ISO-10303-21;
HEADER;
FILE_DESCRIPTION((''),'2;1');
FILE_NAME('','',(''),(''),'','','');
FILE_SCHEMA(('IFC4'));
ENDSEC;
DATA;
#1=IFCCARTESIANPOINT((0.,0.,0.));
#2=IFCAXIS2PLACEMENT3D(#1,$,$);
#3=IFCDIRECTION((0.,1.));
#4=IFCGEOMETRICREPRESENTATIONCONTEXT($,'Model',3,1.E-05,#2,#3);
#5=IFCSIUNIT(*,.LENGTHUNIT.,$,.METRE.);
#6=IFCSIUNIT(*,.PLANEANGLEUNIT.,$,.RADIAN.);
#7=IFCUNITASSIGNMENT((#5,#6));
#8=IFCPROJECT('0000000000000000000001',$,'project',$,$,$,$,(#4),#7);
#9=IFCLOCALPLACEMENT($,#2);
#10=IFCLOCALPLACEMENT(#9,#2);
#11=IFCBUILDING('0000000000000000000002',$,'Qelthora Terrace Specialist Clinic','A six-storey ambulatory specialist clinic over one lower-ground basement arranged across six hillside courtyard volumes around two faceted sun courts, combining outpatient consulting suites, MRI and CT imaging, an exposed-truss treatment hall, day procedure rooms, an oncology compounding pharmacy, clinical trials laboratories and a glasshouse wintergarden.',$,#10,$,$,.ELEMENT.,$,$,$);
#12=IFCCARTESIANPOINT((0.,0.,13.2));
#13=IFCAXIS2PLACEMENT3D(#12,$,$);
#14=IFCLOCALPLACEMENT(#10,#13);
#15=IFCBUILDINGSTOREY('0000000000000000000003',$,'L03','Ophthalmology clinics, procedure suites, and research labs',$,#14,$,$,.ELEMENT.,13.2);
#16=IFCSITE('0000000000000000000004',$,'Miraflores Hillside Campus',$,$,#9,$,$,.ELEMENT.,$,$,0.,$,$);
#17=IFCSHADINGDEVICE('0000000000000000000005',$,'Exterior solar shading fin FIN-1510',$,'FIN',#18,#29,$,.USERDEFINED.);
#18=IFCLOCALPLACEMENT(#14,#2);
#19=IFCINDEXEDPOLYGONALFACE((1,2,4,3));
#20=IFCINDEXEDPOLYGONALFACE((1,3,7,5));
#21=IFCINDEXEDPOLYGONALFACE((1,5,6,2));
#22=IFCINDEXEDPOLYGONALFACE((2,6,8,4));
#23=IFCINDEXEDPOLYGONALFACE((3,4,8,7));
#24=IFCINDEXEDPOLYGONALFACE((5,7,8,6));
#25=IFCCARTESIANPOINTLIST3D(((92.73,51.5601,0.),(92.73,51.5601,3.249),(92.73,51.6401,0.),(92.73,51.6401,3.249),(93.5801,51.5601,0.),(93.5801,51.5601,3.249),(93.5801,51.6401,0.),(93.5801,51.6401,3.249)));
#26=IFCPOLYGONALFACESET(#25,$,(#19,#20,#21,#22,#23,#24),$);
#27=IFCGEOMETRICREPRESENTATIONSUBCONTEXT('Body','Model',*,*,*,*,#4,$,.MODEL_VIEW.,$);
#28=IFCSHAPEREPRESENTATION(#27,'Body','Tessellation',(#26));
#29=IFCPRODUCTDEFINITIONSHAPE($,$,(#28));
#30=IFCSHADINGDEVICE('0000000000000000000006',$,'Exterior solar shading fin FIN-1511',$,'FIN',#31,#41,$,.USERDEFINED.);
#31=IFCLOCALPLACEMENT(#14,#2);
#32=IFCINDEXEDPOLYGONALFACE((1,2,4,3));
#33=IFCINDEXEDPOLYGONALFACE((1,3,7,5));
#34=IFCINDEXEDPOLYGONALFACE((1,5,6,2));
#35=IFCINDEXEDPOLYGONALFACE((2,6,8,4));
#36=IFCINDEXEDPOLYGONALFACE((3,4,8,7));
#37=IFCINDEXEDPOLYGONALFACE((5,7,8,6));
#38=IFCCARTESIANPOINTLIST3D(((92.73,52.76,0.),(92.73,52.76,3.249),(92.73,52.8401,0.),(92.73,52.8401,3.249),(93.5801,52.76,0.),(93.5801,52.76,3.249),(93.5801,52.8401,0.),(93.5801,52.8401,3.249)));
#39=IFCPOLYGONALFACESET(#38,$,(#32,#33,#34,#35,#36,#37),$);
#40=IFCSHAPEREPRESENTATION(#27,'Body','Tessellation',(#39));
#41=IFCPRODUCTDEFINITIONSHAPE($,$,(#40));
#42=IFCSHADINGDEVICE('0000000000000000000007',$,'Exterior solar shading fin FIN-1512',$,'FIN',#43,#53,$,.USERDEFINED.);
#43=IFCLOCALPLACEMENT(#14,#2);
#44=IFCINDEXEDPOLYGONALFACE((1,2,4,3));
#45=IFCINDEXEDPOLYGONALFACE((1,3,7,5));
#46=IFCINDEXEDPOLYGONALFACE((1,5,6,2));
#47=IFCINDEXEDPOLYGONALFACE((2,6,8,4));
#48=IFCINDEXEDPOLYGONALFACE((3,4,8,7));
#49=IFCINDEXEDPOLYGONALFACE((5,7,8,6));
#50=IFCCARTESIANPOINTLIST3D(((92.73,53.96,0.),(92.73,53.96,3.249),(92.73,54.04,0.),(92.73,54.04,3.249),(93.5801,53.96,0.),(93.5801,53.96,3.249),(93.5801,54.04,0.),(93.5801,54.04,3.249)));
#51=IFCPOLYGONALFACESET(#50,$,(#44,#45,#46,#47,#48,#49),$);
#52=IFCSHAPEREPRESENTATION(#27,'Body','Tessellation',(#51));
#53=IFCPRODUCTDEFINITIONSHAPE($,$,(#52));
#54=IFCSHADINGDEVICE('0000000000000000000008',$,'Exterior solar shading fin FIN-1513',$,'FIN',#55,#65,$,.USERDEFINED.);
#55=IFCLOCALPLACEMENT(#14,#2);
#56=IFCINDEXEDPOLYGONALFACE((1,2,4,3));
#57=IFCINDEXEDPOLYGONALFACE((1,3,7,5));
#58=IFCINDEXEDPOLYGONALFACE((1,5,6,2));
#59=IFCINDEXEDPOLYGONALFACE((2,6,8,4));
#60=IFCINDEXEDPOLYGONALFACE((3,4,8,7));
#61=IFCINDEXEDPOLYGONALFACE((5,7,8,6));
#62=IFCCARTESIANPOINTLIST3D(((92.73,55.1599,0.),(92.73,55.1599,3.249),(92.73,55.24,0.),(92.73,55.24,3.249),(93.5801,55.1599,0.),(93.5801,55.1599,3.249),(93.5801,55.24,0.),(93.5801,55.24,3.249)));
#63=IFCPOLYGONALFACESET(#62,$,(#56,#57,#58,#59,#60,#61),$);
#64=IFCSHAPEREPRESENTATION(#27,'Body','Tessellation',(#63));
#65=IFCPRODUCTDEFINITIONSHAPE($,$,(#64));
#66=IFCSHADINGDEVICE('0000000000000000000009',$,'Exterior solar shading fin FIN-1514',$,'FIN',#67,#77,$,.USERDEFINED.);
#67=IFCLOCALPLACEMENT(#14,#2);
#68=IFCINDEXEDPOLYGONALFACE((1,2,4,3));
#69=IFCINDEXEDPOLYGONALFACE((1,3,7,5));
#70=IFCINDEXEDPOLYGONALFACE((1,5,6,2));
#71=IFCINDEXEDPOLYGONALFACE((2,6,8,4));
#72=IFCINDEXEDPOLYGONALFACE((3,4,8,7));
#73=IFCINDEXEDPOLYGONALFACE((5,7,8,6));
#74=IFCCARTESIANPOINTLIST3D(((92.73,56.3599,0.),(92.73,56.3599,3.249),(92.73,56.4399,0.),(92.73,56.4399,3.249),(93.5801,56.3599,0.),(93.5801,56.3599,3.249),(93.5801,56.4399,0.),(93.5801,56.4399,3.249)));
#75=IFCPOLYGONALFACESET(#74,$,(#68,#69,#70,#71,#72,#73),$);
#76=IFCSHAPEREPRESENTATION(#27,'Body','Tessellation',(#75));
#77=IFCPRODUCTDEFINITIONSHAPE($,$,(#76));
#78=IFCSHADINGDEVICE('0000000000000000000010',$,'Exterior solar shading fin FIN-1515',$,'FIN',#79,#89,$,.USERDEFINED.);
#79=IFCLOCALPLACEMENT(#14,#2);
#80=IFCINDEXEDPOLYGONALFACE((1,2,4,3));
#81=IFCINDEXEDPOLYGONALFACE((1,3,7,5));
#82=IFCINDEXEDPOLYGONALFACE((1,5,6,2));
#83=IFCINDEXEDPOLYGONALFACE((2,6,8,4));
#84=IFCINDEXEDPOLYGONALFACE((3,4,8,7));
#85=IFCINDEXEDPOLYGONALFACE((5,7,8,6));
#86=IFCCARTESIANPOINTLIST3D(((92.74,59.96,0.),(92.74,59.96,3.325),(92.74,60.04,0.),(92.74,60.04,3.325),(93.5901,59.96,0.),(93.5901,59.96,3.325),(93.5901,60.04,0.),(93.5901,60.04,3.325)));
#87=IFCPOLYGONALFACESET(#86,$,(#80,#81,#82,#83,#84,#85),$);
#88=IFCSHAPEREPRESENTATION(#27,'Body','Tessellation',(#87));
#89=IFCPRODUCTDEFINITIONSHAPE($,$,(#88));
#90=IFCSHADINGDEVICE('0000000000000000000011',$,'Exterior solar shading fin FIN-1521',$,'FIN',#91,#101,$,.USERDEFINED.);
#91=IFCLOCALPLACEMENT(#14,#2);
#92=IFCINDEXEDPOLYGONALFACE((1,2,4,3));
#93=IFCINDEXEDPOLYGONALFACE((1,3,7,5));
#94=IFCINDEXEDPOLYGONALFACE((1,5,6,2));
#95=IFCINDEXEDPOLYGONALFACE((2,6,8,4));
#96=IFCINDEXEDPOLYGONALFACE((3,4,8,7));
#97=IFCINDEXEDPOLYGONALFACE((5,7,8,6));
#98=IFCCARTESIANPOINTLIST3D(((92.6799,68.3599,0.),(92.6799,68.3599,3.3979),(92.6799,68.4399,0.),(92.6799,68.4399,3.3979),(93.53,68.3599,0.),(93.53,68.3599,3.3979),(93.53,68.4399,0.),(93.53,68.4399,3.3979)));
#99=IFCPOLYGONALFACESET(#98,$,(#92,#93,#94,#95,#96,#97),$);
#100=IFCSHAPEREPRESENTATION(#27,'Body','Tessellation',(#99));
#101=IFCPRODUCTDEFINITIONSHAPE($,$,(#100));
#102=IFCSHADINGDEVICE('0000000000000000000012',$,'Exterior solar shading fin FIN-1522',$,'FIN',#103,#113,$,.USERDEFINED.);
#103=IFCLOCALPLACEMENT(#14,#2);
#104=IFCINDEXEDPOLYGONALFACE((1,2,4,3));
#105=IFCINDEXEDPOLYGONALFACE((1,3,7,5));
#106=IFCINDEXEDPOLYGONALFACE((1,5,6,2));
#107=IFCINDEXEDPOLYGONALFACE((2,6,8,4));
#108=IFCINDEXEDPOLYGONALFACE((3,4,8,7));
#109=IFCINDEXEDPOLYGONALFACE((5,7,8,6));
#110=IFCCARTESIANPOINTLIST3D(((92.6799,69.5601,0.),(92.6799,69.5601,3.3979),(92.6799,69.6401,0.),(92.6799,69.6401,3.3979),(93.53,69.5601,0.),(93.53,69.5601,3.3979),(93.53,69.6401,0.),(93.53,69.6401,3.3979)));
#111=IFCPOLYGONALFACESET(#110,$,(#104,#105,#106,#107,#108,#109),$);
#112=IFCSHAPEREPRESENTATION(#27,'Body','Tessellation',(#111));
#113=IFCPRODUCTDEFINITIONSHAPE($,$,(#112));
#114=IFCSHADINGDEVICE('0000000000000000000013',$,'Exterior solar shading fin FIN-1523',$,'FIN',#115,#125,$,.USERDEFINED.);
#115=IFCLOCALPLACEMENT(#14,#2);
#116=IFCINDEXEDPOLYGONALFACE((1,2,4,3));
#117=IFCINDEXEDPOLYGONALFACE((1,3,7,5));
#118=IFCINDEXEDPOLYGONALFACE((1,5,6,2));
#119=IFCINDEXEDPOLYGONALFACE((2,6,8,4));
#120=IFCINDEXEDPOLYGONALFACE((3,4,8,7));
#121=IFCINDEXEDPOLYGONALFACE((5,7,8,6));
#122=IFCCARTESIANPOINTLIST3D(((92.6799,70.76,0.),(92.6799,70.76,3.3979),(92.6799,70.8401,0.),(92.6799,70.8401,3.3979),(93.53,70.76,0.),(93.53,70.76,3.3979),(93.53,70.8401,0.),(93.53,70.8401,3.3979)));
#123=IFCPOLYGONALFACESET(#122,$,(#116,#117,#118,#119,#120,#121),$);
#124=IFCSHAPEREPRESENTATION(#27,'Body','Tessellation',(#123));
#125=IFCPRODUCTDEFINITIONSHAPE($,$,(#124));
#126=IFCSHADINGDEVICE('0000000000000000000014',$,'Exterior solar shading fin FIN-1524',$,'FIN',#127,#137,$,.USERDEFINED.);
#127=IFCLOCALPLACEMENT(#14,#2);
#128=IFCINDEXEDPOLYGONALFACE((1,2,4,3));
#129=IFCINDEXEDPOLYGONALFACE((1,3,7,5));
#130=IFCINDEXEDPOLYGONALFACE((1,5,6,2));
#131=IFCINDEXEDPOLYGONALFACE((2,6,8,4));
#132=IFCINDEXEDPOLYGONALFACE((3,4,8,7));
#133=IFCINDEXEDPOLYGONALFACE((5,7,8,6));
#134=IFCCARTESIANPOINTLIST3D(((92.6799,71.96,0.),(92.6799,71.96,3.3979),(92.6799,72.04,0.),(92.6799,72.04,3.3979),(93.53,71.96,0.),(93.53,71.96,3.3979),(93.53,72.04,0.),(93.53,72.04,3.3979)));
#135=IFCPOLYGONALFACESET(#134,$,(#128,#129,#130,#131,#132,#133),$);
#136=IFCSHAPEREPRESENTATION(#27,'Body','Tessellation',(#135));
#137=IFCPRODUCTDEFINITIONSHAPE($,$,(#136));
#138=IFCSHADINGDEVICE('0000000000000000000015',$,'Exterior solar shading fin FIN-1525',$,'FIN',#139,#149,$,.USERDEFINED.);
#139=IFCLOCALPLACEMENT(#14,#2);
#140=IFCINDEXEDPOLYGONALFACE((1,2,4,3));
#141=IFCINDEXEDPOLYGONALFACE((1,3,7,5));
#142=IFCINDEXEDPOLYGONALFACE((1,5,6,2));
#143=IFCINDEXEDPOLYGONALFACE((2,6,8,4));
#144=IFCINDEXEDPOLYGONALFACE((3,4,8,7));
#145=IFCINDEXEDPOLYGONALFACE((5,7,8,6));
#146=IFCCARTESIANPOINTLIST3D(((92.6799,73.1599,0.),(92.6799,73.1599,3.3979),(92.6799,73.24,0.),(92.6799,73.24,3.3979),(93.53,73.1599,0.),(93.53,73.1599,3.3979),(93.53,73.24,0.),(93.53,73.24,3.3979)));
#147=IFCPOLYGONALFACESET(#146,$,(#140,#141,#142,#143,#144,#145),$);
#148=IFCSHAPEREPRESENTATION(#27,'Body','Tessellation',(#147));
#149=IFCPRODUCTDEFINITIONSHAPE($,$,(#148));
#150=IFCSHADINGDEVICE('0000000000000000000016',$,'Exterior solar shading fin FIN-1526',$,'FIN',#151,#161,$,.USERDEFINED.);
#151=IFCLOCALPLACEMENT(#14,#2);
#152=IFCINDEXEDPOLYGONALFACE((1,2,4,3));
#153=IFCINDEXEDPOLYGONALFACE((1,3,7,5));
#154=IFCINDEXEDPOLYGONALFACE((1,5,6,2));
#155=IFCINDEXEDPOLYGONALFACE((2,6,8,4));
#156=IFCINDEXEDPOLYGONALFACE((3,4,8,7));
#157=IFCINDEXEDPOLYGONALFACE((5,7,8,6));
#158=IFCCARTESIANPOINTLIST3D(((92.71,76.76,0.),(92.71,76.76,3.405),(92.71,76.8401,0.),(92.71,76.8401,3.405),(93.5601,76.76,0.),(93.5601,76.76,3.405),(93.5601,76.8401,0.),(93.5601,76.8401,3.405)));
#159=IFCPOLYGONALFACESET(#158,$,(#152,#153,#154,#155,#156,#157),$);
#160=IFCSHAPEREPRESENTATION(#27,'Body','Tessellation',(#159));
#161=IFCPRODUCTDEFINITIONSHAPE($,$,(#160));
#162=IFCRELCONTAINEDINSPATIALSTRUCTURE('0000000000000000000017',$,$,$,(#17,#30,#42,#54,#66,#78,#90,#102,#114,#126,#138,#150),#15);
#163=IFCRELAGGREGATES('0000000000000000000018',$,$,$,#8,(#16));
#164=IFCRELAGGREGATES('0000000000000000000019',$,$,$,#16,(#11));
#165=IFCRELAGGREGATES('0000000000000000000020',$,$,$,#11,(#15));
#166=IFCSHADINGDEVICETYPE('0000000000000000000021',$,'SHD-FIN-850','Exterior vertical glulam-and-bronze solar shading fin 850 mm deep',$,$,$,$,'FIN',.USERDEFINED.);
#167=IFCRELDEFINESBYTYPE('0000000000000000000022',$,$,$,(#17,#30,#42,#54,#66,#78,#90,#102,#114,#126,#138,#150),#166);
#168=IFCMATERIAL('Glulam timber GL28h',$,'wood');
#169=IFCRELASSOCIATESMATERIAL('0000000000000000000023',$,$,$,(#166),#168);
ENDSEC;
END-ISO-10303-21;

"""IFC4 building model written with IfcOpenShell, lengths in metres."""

from ifc_helpers import new_model, si_unit, direction, frame, origin, origin_2d, place, context, subcontext, project, spatial, rectangle, extrude, material, type_object, element, save


model = new_model("IFC4")

# Units and contexts
model_context = context("Model", 3, precision=1e-05, world=origin(), true_north=direction((0.0, 1.0)))
body_context = subcontext(model_context, "Body", "Model", "MODEL_VIEW")
ifc_project = project(units=[si_unit("LENGTHUNIT", "METRE"), si_unit("PLANEANGLEUNIT", "RADIAN")], contexts=[model_context])

# Site, building, storey
site_placement = place(None, origin())
site = spatial("IfcSite", under=ifc_project, at=site_placement, Name="Miraflores Hillside Campus", CompositionType="ELEMENT", RefElevation=0.0)
building_placement = place(site_placement, origin())
building = spatial("IfcBuilding", under=site, at=building_placement, Name="Qelthora Terrace Specialist Clinic", Description="A six-storey ambulatory specialist clinic over one lower-ground basement arranged across six hillside courtyard volumes around two faceted sun courts, combining outpatient consulting suites, MRI and CT imaging, an exposed-truss treatment hall, day procedure rooms, an oncology compounding pharmacy, clinical trials laboratories and a glasshouse wintergarden.", CompositionType="ELEMENT")
storey_placement = place(building_placement, frame((0.0, 0.0, 13.2)))
storey = spatial("IfcBuildingStorey", under=building, at=storey_placement, Name="L03", Description="Ophthalmology clinics, procedure suites, and research labs", CompositionType="ELEMENT", Elevation=13.2)

# Shading devices
ifc_material_1 = material(Name="Glulam timber GL28h", Category="wood")
shading_device_type = type_object("IfcShadingDeviceType", Name="SHD-FIN-850", Description="Exterior vertical glulam-and-bronze solar shading fin 850 mm deep", ElementType="FIN", PredefinedType="USERDEFINED", material=ifc_material_1)
for number, where, z_axis, x_axis, name in (
    (1, (93.155, 51.6001, 0.0), (0.0, 0.0, 1.0), (-1.0, 0.0, 0.0), "Exterior solar shading fin FIN-1510"),
    (2, (93.155, 52.8, 0.0), (0.0, 0.0, 1.0), (-1.0, 0.0, 0.0), "Exterior solar shading fin FIN-1511"),
    (3, (93.155, 54.0, 0.0), (0.0, 0.0, 1.0), (-1.0, 0.0, 0.0), "Exterior solar shading fin FIN-1512"),
    (4, (93.155, 55.2, 0.0), (0.0, 0.0, 1.0), (-1.0, 0.0, 0.0), "Exterior solar shading fin FIN-1513"),
    (5, (93.155, 56.3999, 0.0), (0.0, 0.0, 1.0), (-1.0, 0.0, 0.0), "Exterior solar shading fin FIN-1514"),
):
    element("IfcShadingDevice", number, at=place(storey_placement, frame(where, z_axis=z_axis, x_axis=x_axis)), inside=storey, type_object=shading_device_type, Name=name, ObjectType="FIN", PredefinedType="USERDEFINED", context=body_context, shape_type="SweptSolid", body=[
        extrude(rectangle(XDim=0.8501, YDim=0.0801, at=origin_2d()), origin(), (0.0, 0.0, 1.0), 3.249),
    ])
shading_device_1_placement = place(storey_placement, frame((93.165, 60.0, 0.0), z_axis=(0.0, 0.0, 1.0), x_axis=(-1.0, 0.0, 0.0)))
element("IfcShadingDevice", 6, at=shading_device_1_placement, inside=storey, type_object=shading_device_type, Name="Exterior solar shading fin FIN-1515", ObjectType="FIN", PredefinedType="USERDEFINED", context=body_context, shape_type="SweptSolid", body=[
    extrude(rectangle(XDim=0.8501, YDim=0.0801, at=origin_2d()), origin(), (0.0, 0.0, 1.0), 3.325),
])
for number, where, z_axis, x_axis, name in (
    (7, (93.105, 68.3999, 0.0), (0.0, 0.0, 1.0), (-1.0, 0.0, 0.0), "Exterior solar shading fin FIN-1521"),
    (8, (93.105, 69.6001, 0.0), (0.0, 0.0, 1.0), (-1.0, 0.0, 0.0), "Exterior solar shading fin FIN-1522"),
    (9, (93.105, 70.8, 0.0), (0.0, 0.0, 1.0), (-1.0, 0.0, 0.0), "Exterior solar shading fin FIN-1523"),
    (10, (93.105, 72.0, 0.0), (0.0, 0.0, 1.0), (-1.0, 0.0, 0.0), "Exterior solar shading fin FIN-1524"),
    (11, (93.105, 73.2, 0.0), (0.0, 0.0, 1.0), (-1.0, 0.0, 0.0), "Exterior solar shading fin FIN-1525"),
):
    element("IfcShadingDevice", number, at=place(storey_placement, frame(where, z_axis=z_axis, x_axis=x_axis)), inside=storey, type_object=shading_device_type, Name=name, ObjectType="FIN", PredefinedType="USERDEFINED", context=body_context, shape_type="SweptSolid", body=[
        extrude(rectangle(XDim=0.8501, YDim=0.0801, at=origin_2d()), origin(), (0.0, 0.0, 1.0), 3.3979),
    ])
shading_device_2_placement = place(storey_placement, frame((93.135, 76.8, 0.0), z_axis=(0.0, 0.0, 1.0), x_axis=(-1.0, 0.0, 0.0)))
element("IfcShadingDevice", 12, at=shading_device_2_placement, inside=storey, type_object=shading_device_type, Name="Exterior solar shading fin FIN-1526", ObjectType="FIN", PredefinedType="USERDEFINED", context=body_context, shape_type="SweptSolid", body=[
    extrude(rectangle(XDim=0.8501, YDim=0.0801, at=origin_2d()), origin(), (0.0, 0.0, 1.0), 3.405),
])

save(model, "model.ifc")
